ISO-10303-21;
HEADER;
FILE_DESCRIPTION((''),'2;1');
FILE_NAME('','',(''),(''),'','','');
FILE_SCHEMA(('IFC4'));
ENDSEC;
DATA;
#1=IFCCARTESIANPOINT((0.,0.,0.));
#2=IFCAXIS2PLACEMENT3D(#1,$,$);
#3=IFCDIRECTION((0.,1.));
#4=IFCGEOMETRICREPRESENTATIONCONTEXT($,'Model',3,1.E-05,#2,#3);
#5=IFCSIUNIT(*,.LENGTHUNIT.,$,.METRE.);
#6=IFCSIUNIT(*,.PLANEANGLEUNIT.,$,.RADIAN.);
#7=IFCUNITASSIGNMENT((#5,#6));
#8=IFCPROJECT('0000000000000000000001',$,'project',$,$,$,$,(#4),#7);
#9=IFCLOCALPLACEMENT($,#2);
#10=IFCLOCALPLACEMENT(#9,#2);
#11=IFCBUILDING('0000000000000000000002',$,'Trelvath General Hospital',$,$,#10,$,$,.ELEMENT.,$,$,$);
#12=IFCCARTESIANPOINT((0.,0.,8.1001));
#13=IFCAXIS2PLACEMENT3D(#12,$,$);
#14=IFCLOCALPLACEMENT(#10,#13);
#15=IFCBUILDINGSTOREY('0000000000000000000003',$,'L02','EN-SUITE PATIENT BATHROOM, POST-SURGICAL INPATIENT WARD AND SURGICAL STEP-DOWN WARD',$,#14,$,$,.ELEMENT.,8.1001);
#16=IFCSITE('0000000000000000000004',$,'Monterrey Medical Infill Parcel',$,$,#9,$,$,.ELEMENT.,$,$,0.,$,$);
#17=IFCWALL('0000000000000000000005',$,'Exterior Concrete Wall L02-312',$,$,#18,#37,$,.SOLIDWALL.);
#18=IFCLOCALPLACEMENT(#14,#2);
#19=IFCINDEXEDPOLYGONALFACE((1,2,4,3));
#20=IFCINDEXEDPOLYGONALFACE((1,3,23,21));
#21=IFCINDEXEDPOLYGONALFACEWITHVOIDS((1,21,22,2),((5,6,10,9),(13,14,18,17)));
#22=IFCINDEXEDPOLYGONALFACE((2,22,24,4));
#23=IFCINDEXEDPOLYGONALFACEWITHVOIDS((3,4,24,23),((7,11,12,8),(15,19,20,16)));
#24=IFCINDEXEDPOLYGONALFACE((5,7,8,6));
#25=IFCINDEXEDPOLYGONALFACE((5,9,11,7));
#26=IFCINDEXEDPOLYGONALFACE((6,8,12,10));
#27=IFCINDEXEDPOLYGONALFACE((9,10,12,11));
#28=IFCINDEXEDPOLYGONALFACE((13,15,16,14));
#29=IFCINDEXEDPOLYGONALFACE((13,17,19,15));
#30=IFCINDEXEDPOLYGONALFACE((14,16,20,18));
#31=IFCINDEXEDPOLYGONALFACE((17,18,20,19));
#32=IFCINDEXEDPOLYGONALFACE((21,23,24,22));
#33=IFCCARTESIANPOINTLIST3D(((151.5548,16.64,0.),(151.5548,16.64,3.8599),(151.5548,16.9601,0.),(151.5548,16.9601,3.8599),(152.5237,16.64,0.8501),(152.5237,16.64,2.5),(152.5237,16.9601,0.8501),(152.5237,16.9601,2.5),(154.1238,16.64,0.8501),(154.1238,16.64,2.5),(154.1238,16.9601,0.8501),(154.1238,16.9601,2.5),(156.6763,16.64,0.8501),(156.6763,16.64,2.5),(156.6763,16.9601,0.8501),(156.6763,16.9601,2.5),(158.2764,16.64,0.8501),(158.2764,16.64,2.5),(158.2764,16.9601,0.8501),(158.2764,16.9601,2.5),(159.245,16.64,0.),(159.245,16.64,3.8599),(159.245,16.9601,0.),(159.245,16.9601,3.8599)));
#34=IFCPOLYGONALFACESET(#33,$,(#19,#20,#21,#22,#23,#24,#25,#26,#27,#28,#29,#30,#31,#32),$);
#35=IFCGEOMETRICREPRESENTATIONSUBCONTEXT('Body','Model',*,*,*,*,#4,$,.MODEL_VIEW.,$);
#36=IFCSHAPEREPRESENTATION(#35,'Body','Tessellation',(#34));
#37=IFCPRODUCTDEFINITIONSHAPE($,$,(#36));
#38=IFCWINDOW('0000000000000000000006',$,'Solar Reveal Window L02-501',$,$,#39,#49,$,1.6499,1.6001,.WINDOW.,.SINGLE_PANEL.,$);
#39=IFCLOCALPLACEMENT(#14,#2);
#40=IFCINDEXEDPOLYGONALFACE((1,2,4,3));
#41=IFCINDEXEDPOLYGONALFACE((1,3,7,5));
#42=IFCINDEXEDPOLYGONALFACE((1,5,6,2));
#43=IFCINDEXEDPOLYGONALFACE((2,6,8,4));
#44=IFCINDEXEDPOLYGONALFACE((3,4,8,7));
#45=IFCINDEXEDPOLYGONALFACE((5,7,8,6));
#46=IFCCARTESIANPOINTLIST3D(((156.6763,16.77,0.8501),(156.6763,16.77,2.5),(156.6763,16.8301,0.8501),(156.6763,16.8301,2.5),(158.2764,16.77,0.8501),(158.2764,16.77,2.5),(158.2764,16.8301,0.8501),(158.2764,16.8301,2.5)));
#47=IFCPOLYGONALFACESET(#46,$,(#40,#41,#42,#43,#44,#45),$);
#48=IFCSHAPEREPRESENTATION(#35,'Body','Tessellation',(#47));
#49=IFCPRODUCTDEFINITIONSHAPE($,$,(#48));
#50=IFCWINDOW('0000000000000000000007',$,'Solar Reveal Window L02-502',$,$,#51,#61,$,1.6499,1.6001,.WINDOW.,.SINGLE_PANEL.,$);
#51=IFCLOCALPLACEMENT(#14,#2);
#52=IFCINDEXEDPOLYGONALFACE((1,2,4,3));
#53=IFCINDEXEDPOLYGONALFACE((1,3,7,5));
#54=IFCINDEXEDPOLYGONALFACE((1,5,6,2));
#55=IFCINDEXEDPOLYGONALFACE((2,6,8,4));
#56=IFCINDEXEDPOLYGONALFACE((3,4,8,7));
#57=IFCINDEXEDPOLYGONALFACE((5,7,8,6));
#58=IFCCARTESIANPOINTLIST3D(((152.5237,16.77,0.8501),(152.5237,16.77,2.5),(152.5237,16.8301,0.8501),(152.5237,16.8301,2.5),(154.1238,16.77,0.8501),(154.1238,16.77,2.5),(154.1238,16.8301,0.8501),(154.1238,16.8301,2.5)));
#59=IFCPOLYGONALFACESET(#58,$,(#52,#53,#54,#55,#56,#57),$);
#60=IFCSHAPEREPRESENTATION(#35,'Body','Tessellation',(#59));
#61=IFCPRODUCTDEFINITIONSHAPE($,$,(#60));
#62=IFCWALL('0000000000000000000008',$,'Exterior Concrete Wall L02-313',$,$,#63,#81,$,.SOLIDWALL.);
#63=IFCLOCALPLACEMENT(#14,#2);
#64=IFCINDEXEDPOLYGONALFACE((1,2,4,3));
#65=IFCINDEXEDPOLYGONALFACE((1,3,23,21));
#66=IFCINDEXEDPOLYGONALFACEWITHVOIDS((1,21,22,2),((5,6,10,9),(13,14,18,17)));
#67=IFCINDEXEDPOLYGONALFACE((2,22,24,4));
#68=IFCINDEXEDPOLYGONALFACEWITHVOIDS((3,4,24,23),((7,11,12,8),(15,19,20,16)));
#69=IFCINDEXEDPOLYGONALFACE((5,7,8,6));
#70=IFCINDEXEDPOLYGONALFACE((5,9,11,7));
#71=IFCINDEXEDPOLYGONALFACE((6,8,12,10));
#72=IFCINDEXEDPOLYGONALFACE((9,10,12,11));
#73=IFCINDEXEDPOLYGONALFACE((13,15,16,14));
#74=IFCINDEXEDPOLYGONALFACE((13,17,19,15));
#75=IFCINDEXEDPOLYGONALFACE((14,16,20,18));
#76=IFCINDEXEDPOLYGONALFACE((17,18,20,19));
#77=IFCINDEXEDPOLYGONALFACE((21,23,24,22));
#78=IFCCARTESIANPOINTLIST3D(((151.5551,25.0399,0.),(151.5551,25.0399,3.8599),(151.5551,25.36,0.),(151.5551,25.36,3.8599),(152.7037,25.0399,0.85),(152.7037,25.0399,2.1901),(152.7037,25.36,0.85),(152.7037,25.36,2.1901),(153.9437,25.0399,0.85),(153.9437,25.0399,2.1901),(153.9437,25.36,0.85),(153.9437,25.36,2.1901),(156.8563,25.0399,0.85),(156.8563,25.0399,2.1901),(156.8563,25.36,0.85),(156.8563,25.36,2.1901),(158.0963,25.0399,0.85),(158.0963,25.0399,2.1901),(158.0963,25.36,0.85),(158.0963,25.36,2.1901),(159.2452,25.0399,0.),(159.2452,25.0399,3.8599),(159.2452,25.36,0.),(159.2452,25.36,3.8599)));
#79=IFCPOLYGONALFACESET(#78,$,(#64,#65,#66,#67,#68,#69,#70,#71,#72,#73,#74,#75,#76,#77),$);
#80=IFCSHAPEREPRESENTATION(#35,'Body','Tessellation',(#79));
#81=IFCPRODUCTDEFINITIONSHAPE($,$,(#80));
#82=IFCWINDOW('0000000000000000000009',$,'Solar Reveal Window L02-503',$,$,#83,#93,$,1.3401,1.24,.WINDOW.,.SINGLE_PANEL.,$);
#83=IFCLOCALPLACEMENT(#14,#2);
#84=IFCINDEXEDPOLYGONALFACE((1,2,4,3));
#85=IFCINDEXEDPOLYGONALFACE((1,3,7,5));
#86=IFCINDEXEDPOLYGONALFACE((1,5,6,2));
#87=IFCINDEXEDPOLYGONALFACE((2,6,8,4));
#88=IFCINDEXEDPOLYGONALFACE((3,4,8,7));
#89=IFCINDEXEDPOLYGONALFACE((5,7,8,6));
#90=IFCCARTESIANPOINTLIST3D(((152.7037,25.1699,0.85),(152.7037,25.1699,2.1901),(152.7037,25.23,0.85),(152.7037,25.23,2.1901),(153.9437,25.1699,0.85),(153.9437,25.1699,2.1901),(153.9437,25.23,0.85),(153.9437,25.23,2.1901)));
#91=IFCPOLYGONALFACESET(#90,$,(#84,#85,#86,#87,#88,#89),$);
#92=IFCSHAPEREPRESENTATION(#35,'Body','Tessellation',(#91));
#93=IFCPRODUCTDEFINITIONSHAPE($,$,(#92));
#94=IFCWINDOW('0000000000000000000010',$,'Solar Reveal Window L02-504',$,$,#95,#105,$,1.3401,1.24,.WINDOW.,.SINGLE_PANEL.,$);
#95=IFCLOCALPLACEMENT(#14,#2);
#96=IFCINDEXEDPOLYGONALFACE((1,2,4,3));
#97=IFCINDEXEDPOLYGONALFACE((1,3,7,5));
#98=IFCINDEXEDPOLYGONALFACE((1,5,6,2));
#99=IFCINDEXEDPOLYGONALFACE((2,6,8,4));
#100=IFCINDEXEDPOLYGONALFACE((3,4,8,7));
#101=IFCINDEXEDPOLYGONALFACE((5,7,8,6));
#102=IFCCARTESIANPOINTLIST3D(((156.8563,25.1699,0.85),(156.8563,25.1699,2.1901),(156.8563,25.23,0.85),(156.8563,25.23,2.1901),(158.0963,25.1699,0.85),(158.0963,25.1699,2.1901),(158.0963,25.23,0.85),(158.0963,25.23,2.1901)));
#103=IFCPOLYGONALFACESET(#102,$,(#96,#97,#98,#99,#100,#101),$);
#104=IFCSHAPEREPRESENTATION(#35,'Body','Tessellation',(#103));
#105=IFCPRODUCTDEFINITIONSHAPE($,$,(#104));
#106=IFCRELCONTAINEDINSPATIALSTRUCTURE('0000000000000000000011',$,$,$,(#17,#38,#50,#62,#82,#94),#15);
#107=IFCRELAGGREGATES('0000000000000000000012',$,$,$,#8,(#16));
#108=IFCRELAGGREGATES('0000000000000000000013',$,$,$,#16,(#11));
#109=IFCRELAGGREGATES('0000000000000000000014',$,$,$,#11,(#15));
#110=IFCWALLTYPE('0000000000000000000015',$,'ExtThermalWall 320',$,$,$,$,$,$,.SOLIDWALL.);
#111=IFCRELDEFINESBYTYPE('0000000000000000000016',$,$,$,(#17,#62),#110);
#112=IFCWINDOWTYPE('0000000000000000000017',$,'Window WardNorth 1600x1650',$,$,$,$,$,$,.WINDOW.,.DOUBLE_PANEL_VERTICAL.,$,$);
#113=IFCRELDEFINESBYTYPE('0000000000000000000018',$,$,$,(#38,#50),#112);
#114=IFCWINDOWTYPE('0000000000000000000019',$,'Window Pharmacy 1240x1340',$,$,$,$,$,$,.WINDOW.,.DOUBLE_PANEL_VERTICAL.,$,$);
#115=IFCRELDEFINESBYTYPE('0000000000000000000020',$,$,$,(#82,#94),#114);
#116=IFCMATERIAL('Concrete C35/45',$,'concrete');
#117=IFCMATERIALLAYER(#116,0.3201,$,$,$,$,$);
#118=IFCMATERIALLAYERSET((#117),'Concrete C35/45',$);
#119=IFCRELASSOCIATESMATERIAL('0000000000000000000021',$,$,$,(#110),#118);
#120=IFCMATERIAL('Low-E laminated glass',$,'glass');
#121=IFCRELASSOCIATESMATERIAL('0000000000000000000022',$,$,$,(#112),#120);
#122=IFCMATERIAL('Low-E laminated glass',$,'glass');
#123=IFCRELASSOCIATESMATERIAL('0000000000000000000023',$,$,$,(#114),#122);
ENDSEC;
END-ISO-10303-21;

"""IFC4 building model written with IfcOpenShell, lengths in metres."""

from ifc_helpers import new_model, si_unit, direction, frame, frame_2d, origin, place, context, subcontext, project, spatial, rectangle, extrude, material, layer, layer_set, type_object, element, fill, save


model = new_model("IFC4")

# Units and contexts
model_context = context("Model", 3, precision=1e-05, world=origin(), true_north=direction((0.0, 1.0)))
body_context = subcontext(model_context, "Body", "Model", "MODEL_VIEW")
ifc_project = project(units=[si_unit("LENGTHUNIT", "METRE"), si_unit("PLANEANGLEUNIT", "RADIAN")], contexts=[model_context])

# Site, building, storey
site_placement = place(None, origin())
site = spatial("IfcSite", under=ifc_project, at=site_placement, Name="Monterrey Medical Infill Parcel", CompositionType="ELEMENT", RefElevation=0.0)
building_placement = place(site_placement, origin())
building = spatial("IfcBuilding", under=site, at=building_placement, Name="Trelvath General Hospital", CompositionType="ELEMENT")
storey_placement = place(building_placement, frame((0.0, 0.0, 8.1001)))
storey = spatial("IfcBuildingStorey", under=building, at=storey_placement, Name="L02", Description="EN-SUITE PATIENT BATHROOM, POST-SURGICAL INPATIENT WARD AND SURGICAL STEP-DOWN WARD", CompositionType="ELEMENT", Elevation=8.1001)

# Walls, openings, windows
ifc_material_1 = material(Name="Concrete C35/45", Category="concrete")
ifc_layer = layer(ifc_material_1, 0.3201)
ifc_layer_set = layer_set([ifc_layer], Name="Concrete C35/45")
wall_type = type_object("IfcWallType", Name="ExtThermalWall 320", PredefinedType="SOLIDWALL", material=ifc_layer_set)
wall_1_placement = place(storey_placement, frame((159.2451, 16.8, 0.0), z_axis=(0.0, 0.0, 1.0), x_axis=(-1.0, 0.0, 0.0)))
wall_1 = element("IfcWall", 1, at=wall_1_placement, inside=storey, type_object=wall_type, Name="Exterior Concrete Wall L02-312", PredefinedType="SOLIDWALL", context=body_context, shape_type="SweptSolid", body=[
    extrude(rectangle(XDim=7.6902, YDim=0.3201, at=frame_2d((3.8452, 0.0))), origin(), (0.0, 0.0, 1.0), 3.8599),
])
opening_1_placement = place(wall_1_placement, frame((0.9688, 0.0, 0.8501)))
opening_1 = element("IfcOpeningElement", 2, at=opening_1_placement, cuts=wall_1, PredefinedType="OPENING", context=body_context, shape_type="SweptSolid", body=[
    extrude(rectangle(XDim=1.6001, YDim=1.6499, at=frame_2d((0.8, 0.825))), frame((0.0, 0.1699, 0.0), z_axis=(0.0, -1.0, 0.0), x_axis=(1.0, 0.0, 0.0)), (0.0, 0.0, 1.0), 0.3401),
])
opening_2_placement = place(wall_1_placement, frame((5.1213, 0.0, 0.8501)))
opening_2 = element("IfcOpeningElement", 3, at=opening_2_placement, cuts=wall_1, PredefinedType="OPENING", context=body_context, shape_type="SweptSolid", body=[
    extrude(rectangle(XDim=1.6001, YDim=1.6499, at=frame_2d((0.8, 0.825))), frame((0.0, 0.1699, 0.0), z_axis=(0.0, -1.0, 0.0), x_axis=(1.0, 0.0, 0.0)), (0.0, 0.0, 1.0), 0.3401),
])
ifc_material_2 = material(Name="Low-E laminated glass", Category="glass")
window_type_1 = type_object("IfcWindowType", Name="Window WardNorth 1600x1650", PartitioningType="DOUBLE_PANEL_VERTICAL", PredefinedType="WINDOW", material=ifc_material_2)
window_1_placement = place(opening_1_placement, origin())
window_1 = element("IfcWindow", 4, at=window_1_placement, inside=storey, type_object=window_type_1, Name="Solar Reveal Window L02-501", OverallHeight=1.6499, OverallWidth=1.6001, PartitioningType="SINGLE_PANEL", PredefinedType="WINDOW", context=body_context, shape_type="SweptSolid", body=[
    extrude(rectangle(XDim=1.6001, YDim=1.6499, at=frame_2d((0.8, 0.825))), frame((0.0, 0.03, 0.0), z_axis=(0.0, -1.0, 0.0), x_axis=(1.0, 0.0, 0.0)), (0.0, 0.0, 1.0), 0.0601),
])
fill(opening_1, window_1)
window_2_placement = place(opening_2_placement, origin())
window_2 = element("IfcWindow", 5, at=window_2_placement, inside=storey, type_object=window_type_1, Name="Solar Reveal Window L02-502", OverallHeight=1.6499, OverallWidth=1.6001, PartitioningType="SINGLE_PANEL", PredefinedType="WINDOW", context=body_context, shape_type="SweptSolid", body=[
    extrude(rectangle(XDim=1.6001, YDim=1.6499, at=frame_2d((0.8, 0.825))), frame((0.0, 0.03, 0.0), z_axis=(0.0, -1.0, 0.0), x_axis=(1.0, 0.0, 0.0)), (0.0, 0.0, 1.0), 0.0601),
])
fill(opening_2, window_2)
wall_2_placement = place(storey_placement, frame((151.5549, 25.2, 0.0), z_axis=(0.0, 0.0, 1.0), x_axis=(1.0, 0.0, 0.0)))
wall_2 = element("IfcWall", 6, at=wall_2_placement, inside=storey, type_object=wall_type, Name="Exterior Concrete Wall L02-313", PredefinedType="SOLIDWALL", context=body_context, shape_type="SweptSolid", body=[
    extrude(rectangle(XDim=7.6902, YDim=0.3201, at=frame_2d((3.8452, 0.0))), origin(), (0.0, 0.0, 1.0), 3.8599),
])
opening_3_placement = place(wall_2_placement, frame((1.1487, 0.0, 0.8501)))
opening_3 = element("IfcOpeningElement", 7, at=opening_3_placement, cuts=wall_2, PredefinedType="OPENING", context=body_context, shape_type="SweptSolid", body=[
    extrude(rectangle(XDim=1.24, YDim=1.3401, at=frame_2d((0.6201, 0.6699))), frame((0.0, 0.1699, 0.0), z_axis=(0.0, -1.0, 0.0), x_axis=(1.0, 0.0, 0.0)), (0.0, 0.0, 1.0), 0.3401),
])
opening_4_placement = place(wall_2_placement, frame((5.3013, 0.0, 0.8501)))
opening_4 = element("IfcOpeningElement", 8, at=opening_4_placement, cuts=wall_2, PredefinedType="OPENING", context=body_context, shape_type="SweptSolid", body=[
    extrude(rectangle(XDim=1.24, YDim=1.3401, at=frame_2d((0.6201, 0.6699))), frame((0.0, 0.1699, 0.0), z_axis=(0.0, -1.0, 0.0), x_axis=(1.0, 0.0, 0.0)), (0.0, 0.0, 1.0), 0.3401),
])
ifc_material_3 = material(Name="Low-E laminated glass", Category="glass")
window_type_2 = type_object("IfcWindowType", Name="Window Pharmacy 1240x1340", PartitioningType="DOUBLE_PANEL_VERTICAL", PredefinedType="WINDOW", material=ifc_material_3)
window_3_placement = place(opening_3_placement, origin())
window_3 = element("IfcWindow", 9, at=window_3_placement, inside=storey, type_object=window_type_2, Name="Solar Reveal Window L02-503", OverallHeight=1.3401, OverallWidth=1.24, PartitioningType="SINGLE_PANEL", PredefinedType="WINDOW", context=body_context, shape_type="SweptSolid", body=[
    extrude(rectangle(XDim=1.24, YDim=1.3401, at=frame_2d((0.6201, 0.6699))), frame((0.0, 0.03, 0.0), z_axis=(0.0, -1.0, 0.0), x_axis=(1.0, 0.0, 0.0)), (0.0, 0.0, 1.0), 0.0601),
])
fill(opening_3, window_3)
window_4_placement = place(opening_4_placement, origin())
window_4 = element("IfcWindow", 10, at=window_4_placement, inside=storey, type_object=window_type_2, Name="Solar Reveal Window L02-504", OverallHeight=1.3401, OverallWidth=1.24, PartitioningType="SINGLE_PANEL", PredefinedType="WINDOW", context=body_context, shape_type="SweptSolid", body=[
    extrude(rectangle(XDim=1.24, YDim=1.3401, at=frame_2d((0.6201, 0.6699))), frame((0.0, 0.03, 0.0), z_axis=(0.0, -1.0, 0.0), x_axis=(1.0, 0.0, 0.0)), (0.0, 0.0, 1.0), 0.0601),
])
fill(opening_4, window_4)

save(model, "model.ifc")
